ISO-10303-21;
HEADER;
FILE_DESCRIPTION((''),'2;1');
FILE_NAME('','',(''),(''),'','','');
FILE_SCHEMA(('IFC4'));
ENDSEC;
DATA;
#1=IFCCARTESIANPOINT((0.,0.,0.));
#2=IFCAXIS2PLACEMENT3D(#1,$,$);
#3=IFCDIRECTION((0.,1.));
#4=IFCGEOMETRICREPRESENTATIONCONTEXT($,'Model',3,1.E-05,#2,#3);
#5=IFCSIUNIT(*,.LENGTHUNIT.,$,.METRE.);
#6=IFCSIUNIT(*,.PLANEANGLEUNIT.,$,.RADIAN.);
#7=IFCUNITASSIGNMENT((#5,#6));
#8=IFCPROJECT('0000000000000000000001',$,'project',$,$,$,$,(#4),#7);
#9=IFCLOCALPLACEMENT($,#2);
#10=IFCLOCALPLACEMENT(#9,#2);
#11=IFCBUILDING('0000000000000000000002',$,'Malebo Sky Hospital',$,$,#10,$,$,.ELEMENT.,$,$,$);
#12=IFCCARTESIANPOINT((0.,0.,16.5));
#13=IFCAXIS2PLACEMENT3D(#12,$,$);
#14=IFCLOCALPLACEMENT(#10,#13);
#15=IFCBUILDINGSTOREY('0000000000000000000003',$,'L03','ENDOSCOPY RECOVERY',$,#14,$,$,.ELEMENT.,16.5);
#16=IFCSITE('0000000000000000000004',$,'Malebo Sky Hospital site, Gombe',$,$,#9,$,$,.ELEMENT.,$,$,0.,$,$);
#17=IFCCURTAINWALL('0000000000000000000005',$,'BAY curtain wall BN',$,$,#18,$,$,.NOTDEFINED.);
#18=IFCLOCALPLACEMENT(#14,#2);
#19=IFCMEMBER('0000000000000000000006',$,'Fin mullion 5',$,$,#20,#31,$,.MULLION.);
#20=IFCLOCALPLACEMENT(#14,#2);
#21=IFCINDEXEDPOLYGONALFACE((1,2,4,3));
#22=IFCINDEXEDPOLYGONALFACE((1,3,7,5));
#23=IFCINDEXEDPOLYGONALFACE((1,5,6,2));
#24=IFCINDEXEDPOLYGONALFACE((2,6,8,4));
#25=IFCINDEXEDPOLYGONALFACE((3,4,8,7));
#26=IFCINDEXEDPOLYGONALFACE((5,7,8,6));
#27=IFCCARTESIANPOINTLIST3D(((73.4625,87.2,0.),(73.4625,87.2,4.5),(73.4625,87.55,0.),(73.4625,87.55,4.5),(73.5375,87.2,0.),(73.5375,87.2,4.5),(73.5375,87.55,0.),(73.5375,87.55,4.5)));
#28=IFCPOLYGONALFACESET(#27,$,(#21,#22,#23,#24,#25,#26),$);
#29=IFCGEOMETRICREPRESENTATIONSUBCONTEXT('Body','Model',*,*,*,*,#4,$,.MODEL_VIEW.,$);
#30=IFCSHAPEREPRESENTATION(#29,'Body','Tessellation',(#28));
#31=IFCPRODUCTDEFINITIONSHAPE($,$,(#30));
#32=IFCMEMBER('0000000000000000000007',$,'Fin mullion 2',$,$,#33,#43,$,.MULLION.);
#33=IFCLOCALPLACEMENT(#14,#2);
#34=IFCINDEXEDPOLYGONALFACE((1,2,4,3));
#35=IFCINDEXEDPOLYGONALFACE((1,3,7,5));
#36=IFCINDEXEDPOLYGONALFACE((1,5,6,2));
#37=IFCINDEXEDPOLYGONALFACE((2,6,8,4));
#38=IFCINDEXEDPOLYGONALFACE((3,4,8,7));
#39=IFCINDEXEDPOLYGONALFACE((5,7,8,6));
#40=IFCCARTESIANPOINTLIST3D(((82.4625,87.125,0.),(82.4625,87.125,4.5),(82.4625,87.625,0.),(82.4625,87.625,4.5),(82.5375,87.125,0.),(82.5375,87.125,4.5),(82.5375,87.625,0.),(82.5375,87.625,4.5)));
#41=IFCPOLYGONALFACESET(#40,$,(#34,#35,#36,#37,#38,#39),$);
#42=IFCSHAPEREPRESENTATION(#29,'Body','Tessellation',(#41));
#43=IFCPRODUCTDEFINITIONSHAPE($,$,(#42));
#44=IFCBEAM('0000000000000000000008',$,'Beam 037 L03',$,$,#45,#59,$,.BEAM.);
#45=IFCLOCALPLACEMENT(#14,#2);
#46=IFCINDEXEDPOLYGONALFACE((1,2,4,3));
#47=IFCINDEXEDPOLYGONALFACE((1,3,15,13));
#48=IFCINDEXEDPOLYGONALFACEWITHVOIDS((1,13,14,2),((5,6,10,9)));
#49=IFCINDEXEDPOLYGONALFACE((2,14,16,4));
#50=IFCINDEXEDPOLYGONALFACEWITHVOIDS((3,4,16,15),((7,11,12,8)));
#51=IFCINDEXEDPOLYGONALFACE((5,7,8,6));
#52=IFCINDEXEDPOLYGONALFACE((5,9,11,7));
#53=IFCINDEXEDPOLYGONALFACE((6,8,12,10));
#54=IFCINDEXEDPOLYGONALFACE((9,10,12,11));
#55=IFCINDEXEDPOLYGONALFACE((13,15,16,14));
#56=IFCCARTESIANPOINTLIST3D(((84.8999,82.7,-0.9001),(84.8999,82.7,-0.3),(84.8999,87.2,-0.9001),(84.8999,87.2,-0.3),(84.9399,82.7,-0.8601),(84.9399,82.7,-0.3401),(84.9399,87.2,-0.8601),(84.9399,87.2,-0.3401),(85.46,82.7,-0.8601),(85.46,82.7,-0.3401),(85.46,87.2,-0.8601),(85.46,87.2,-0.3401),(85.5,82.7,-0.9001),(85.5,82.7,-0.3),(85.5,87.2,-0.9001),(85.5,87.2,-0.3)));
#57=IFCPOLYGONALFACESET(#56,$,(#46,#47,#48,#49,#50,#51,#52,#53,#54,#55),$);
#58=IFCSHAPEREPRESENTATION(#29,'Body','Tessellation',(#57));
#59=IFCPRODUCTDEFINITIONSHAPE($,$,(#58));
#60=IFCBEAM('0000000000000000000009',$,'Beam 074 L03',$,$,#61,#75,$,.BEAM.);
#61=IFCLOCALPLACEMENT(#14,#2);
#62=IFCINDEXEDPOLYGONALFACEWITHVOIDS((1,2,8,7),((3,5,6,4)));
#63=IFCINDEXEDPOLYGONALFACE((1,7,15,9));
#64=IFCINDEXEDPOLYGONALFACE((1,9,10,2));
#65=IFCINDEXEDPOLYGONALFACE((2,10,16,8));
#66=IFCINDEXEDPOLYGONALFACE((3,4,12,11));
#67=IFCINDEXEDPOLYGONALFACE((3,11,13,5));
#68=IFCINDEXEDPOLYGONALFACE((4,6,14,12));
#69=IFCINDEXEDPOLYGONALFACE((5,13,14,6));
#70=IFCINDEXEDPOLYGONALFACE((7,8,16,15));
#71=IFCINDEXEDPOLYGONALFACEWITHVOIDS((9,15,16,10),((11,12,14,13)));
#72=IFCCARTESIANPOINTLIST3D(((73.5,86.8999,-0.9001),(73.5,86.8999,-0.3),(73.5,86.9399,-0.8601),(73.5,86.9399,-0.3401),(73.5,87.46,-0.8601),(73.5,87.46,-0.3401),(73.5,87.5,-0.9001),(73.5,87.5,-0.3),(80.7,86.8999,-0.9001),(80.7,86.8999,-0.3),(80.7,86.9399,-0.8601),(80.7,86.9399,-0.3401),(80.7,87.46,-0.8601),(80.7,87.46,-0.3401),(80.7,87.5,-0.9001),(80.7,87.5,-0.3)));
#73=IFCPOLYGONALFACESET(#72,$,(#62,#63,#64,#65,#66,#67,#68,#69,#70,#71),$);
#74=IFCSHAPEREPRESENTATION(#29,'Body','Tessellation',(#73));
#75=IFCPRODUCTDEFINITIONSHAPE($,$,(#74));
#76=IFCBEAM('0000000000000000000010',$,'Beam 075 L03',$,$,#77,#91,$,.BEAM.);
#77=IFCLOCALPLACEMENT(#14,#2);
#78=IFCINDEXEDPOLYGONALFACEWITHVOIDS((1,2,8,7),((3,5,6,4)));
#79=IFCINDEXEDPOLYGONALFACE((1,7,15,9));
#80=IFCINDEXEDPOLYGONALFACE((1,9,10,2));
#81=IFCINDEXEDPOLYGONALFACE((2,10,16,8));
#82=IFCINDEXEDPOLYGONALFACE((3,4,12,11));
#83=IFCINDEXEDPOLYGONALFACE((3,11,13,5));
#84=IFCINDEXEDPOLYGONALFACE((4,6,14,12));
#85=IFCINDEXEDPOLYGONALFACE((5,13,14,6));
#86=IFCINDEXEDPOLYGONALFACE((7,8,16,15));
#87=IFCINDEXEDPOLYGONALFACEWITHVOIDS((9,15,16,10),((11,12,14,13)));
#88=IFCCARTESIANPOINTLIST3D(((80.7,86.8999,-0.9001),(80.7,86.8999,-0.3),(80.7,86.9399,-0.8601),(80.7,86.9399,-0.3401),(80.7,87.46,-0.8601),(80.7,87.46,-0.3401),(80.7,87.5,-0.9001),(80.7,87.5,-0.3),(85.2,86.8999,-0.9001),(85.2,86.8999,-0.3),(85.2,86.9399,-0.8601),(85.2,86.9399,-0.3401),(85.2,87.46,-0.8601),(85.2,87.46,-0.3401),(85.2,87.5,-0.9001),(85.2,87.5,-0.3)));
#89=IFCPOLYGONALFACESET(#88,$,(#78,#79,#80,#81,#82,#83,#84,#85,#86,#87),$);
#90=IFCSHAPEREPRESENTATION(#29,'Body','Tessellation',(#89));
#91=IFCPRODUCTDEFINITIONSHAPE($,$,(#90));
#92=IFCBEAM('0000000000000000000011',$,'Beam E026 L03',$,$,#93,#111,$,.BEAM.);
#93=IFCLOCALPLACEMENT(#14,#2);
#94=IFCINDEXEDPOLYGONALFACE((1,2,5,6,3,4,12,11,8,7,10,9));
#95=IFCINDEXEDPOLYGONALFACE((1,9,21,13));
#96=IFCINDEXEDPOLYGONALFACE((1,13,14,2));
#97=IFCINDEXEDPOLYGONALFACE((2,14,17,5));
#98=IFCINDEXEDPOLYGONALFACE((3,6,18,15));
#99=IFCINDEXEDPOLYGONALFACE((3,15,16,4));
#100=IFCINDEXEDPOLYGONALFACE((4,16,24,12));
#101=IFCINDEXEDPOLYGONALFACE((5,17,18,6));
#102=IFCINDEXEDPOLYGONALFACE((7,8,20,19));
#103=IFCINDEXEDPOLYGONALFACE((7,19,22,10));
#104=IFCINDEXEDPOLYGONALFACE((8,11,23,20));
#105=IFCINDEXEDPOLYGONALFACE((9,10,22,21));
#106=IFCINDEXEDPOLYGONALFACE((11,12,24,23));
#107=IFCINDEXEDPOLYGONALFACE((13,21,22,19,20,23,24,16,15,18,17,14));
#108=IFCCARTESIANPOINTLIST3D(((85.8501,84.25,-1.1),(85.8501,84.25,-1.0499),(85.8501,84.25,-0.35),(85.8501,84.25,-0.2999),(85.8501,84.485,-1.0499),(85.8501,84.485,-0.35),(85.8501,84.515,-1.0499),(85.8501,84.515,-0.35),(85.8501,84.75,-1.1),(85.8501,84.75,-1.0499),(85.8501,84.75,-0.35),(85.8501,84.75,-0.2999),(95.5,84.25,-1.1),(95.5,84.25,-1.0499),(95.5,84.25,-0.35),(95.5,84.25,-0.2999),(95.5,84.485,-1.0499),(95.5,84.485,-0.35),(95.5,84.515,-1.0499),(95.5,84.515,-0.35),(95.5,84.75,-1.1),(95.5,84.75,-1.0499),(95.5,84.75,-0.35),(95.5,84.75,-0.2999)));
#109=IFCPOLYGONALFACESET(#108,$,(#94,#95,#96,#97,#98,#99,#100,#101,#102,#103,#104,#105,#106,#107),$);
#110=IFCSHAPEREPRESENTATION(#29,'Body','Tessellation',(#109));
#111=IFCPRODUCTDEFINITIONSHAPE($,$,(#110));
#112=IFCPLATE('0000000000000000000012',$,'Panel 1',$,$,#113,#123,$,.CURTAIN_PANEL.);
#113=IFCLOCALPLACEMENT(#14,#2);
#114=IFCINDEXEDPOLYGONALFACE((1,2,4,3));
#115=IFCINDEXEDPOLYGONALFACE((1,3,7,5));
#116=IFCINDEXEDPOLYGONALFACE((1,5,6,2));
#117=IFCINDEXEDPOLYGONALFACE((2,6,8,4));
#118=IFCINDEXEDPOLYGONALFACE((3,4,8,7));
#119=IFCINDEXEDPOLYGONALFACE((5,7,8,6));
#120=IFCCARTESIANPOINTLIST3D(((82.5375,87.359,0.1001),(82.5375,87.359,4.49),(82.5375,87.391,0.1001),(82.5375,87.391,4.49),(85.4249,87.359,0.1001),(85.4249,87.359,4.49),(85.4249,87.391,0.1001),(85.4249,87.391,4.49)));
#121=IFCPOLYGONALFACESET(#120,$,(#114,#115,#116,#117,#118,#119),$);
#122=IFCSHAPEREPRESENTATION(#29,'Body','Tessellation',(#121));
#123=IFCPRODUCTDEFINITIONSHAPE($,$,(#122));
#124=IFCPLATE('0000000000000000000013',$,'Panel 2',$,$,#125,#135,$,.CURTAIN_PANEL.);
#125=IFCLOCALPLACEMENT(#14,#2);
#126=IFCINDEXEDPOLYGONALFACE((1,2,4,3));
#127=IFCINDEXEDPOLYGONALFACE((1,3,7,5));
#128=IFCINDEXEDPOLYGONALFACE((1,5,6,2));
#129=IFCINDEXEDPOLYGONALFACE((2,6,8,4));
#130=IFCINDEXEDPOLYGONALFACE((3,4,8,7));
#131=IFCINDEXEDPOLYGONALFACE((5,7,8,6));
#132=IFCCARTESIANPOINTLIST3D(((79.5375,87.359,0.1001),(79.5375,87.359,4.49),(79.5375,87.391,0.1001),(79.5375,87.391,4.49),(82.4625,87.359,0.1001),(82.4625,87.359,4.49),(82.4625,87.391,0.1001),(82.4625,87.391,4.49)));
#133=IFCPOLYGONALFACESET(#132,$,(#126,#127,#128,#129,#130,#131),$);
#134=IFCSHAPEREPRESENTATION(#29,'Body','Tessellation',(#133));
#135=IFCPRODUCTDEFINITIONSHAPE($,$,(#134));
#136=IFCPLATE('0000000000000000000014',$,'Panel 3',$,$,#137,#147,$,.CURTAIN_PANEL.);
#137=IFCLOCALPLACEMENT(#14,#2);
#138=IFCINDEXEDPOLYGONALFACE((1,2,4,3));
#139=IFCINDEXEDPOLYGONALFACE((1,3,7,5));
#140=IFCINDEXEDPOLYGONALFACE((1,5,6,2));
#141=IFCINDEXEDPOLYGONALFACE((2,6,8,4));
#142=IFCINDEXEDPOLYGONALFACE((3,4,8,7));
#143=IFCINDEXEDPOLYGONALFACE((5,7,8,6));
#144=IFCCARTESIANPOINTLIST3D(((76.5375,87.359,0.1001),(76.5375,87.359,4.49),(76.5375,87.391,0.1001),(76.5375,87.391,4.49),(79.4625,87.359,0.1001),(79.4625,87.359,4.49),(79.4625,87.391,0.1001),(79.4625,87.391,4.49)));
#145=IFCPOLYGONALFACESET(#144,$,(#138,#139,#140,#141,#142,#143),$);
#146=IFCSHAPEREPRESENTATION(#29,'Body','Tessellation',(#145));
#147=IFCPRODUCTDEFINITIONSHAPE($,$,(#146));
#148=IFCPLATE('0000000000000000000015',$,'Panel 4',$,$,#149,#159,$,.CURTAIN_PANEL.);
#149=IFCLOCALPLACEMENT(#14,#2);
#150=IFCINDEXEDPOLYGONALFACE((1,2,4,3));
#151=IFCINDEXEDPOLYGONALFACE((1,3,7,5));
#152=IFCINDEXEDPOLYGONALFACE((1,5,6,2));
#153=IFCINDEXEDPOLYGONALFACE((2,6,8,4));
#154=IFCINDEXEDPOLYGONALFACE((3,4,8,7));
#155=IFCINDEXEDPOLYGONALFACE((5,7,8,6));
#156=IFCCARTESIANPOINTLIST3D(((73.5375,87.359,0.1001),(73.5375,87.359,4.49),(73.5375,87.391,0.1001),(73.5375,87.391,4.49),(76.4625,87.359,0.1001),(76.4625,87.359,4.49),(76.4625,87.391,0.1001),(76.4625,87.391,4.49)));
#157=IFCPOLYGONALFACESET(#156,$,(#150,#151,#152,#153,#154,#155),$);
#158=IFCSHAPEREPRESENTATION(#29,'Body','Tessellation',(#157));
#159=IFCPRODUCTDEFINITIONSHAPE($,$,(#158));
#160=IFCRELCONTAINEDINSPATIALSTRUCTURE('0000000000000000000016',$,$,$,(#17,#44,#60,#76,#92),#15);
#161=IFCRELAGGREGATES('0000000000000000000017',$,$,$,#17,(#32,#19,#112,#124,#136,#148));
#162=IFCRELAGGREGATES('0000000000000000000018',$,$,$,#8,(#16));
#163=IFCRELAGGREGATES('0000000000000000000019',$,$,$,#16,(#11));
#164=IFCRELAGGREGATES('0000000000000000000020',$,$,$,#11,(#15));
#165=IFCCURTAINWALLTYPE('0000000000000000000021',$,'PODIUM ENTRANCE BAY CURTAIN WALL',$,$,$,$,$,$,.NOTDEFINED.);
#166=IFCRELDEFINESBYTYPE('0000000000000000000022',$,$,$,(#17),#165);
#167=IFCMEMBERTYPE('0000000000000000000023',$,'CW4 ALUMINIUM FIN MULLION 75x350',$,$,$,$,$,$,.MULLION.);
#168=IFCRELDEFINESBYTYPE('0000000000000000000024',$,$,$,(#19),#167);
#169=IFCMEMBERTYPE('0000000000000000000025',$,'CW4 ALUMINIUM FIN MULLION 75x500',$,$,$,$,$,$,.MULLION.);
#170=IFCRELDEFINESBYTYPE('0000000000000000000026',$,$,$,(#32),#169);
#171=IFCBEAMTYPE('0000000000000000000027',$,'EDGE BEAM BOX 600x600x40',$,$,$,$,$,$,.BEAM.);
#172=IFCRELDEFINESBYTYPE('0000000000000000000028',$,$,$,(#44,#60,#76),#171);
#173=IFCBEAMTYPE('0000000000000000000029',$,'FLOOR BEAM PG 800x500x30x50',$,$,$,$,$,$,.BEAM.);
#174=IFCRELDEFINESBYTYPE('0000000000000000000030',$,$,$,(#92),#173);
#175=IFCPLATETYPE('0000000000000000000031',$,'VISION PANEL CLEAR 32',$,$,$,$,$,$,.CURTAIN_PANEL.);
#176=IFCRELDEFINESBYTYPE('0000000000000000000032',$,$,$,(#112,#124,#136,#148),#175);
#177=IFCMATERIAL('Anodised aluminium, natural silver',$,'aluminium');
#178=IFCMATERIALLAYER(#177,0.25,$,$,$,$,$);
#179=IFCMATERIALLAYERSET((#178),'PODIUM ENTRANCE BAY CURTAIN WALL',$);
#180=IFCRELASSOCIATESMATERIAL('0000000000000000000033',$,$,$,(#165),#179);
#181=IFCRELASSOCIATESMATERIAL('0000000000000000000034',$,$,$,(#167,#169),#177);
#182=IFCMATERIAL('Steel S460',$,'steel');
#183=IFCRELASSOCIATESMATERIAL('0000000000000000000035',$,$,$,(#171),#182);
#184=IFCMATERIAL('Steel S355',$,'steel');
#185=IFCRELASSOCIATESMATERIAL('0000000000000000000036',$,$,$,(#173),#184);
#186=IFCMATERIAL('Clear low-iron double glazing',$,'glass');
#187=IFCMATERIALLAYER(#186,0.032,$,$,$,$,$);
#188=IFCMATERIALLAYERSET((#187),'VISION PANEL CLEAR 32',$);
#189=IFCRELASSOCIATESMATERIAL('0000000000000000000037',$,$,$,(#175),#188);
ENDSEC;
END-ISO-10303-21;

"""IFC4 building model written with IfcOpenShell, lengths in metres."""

from ifc_helpers import new_model, si_unit, direction, frame, origin, origin_2d, place, context, subcontext, project, spatial, rectangle, hollow_rectangle, i_section, extrude, material, layer, layer_set, material_profile, profile_set, type_object, element, aggregate, save


model = new_model("IFC4")

# Units and contexts
model_context = context("Model", 3, precision=1e-05, world=origin(), true_north=direction((0.0, 1.0)))
body_context = subcontext(model_context, "Body", "Model", "MODEL_VIEW")
ifc_project = project(units=[si_unit("LENGTHUNIT", "METRE"), si_unit("PLANEANGLEUNIT", "RADIAN")], contexts=[model_context])

# Site, building, storey
site_placement = place(None, origin())
site = spatial("IfcSite", under=ifc_project, at=site_placement, Name="Malebo Sky Hospital site, Gombe", CompositionType="ELEMENT", RefElevation=0.0)
building_placement = place(site_placement, origin())
building = spatial("IfcBuilding", under=site, at=building_placement, Name="Malebo Sky Hospital", CompositionType="ELEMENT")
storey_placement = place(building_placement, frame((0.0, 0.0, 16.5)))
storey = spatial("IfcBuildingStorey", under=building, at=storey_placement, Name="L03", Description="ENDOSCOPY RECOVERY", CompositionType="ELEMENT", Elevation=16.5)

# Shared definitions
ifc_material_1 = material(Name="Steel S460", Category="steel")

# Curtain wall
ifc_material_2 = material(Name="Anodised aluminium, natural silver", Category="aluminium")
ifc_layer_1 = layer(ifc_material_2, 0.25)
ifc_layer_set_1 = layer_set([ifc_layer_1], Name="PODIUM ENTRANCE BAY CURTAIN WALL")
curtain_wall_type_1 = type_object("IfcCurtainWallType", Name="PODIUM ENTRANCE BAY CURTAIN WALL", PredefinedType="NOTDEFINED", material=ifc_layer_set_1)
curtain_wall_1_placement = place(storey_placement, origin())
curtain_wall_1 = element("IfcCurtainWall", 1, at=curtain_wall_1_placement, inside=storey, type_object=curtain_wall_type_1, Name="BAY curtain wall BN", PredefinedType="NOTDEFINED")

# Members
ifc_material_profile_1 = material_profile(ifc_material_2, rectangle(XDim=0.075, YDim=0.3501, at=origin_2d()), Name="CW4 ALUMINIUM FIN MULLION 75x350")
ifc_profile_set_1 = profile_set([ifc_material_profile_1], Name="Anodised aluminium, natural silver")
member_type_1 = type_object("IfcMemberType", Name="CW4 ALUMINIUM FIN MULLION 75x350", PredefinedType="MULLION", material=ifc_profile_set_1)
member_1_placement = place(storey_placement, frame((73.5, 87.375, 0.0), z_axis=(0.0, 0.0, 1.0), x_axis=(-1.0, 0.0, 0.0)))
member_1 = element("IfcMember", 2, at=member_1_placement, type_object=member_type_1, Name="Fin mullion 5", PredefinedType="MULLION", context=body_context, shape_type="SweptSolid", body=[
    extrude(rectangle(XDim=0.075, YDim=0.3501, at=origin_2d()), origin(), (0.0, 0.0, 1.0), 4.5),
])
ifc_material_profile_2 = material_profile(ifc_material_2, rectangle(XDim=0.075, YDim=0.5, at=origin_2d()), Name="CW4 ALUMINIUM FIN MULLION 75x500")
ifc_profile_set_2 = profile_set([ifc_material_profile_2], Name="Anodised aluminium, natural silver")
member_type_2 = type_object("IfcMemberType", Name="CW4 ALUMINIUM FIN MULLION 75x500", PredefinedType="MULLION", material=ifc_profile_set_2)
member_2_placement = place(storey_placement, frame((82.5, 87.375, 0.0), z_axis=(0.0, 0.0, 1.0), x_axis=(-1.0, 0.0, 0.0)))
member_2 = element("IfcMember", 3, at=member_2_placement, type_object=member_type_2, Name="Fin mullion 2", PredefinedType="MULLION", context=body_context, shape_type="SweptSolid", body=[
    extrude(rectangle(XDim=0.075, YDim=0.5, at=origin_2d()), origin(), (0.0, 0.0, 1.0), 4.5),
])

# Beams
ifc_material_profile_3 = material_profile(ifc_material_1, hollow_rectangle(XDim=0.6001, YDim=0.6001, WallThickness=0.04, at=origin_2d()), Name="BOX 600x600x40")
ifc_profile_set_3 = profile_set([ifc_material_profile_3], Name="Steel S460")
beam_type_1 = type_object("IfcBeamType", Name="EDGE BEAM BOX 600x600x40", PredefinedType="BEAM", material=ifc_profile_set_3)
beam_1_placement = place(storey_placement, frame((85.2, 82.7, -0.6001), z_axis=(0.0, 1.0, 0.0), x_axis=(-1.0, 0.0, 0.0)))
element("IfcBeam", 4, at=beam_1_placement, inside=storey, type_object=beam_type_1, Name="Beam 037 L03", PredefinedType="BEAM", context=body_context, shape_type="SweptSolid", body=[
    extrude(hollow_rectangle(XDim=0.6001, YDim=0.6001, WallThickness=0.04, at=origin_2d()), origin(), (0.0, 0.0, 1.0), 4.5),
])
beam_2_placement = place(storey_placement, frame((73.5, 87.2, -0.6001), z_axis=(1.0, 0.0, 0.0), x_axis=(0.0, 1.0, 0.0)))
element("IfcBeam", 5, at=beam_2_placement, inside=storey, type_object=beam_type_1, Name="Beam 074 L03", PredefinedType="BEAM", context=body_context, shape_type="SweptSolid", body=[
    extrude(hollow_rectangle(XDim=0.6001, YDim=0.6001, WallThickness=0.04, at=origin_2d()), origin(), (0.0, 0.0, 1.0), 7.2),
])
beam_3_placement = place(storey_placement, frame((80.7, 87.2, -0.6001), z_axis=(1.0, 0.0, 0.0), x_axis=(0.0, 1.0, 0.0)))
element("IfcBeam", 6, at=beam_3_placement, inside=storey, type_object=beam_type_1, Name="Beam 075 L03", PredefinedType="BEAM", context=body_context, shape_type="SweptSolid", body=[
    extrude(hollow_rectangle(XDim=0.6001, YDim=0.6001, WallThickness=0.04, at=origin_2d()), origin(), (0.0, 0.0, 1.0), 4.5),
])
ifc_material_3 = material(Name="Steel S355", Category="steel")
ifc_material_profile_4 = material_profile(ifc_material_3, i_section(OverallWidth=0.5, OverallDepth=0.8, WebThickness=0.03, FlangeThickness=0.05, at=origin_2d()), Name="PG 800x500x30x50")
ifc_profile_set_4 = profile_set([ifc_material_profile_4], Name="Steel S355")
beam_type_2 = type_object("IfcBeamType", Name="FLOOR BEAM PG 800x500x30x50", PredefinedType="BEAM", material=ifc_profile_set_4)
beam_4_placement = place(storey_placement, frame((85.8501, 84.5, -0.7), z_axis=(1.0, 0.0, 0.0), x_axis=(0.0, 1.0, 0.0)))
element("IfcBeam", 7, at=beam_4_placement, inside=storey, type_object=beam_type_2, Name="Beam E026 L03", PredefinedType="BEAM", context=body_context, shape_type="SweptSolid", body=[
    extrude(i_section(OverallWidth=0.5, OverallDepth=0.8, WebThickness=0.03, FlangeThickness=0.05, at=origin_2d()), origin(), (0.0, 0.0, 1.0), 9.6499),
])

# Plates
ifc_material_4 = material(Name="Clear low-iron double glazing", Category="glass")
ifc_layer_2 = layer(ifc_material_4, 0.032)
ifc_layer_set_2 = layer_set([ifc_layer_2], Name="VISION PANEL CLEAR 32")
plate_type = type_object("IfcPlateType", Name="VISION PANEL CLEAR 32", PredefinedType="CURTAIN_PANEL", material=ifc_layer_set_2)
plate_1_placement = place(storey_placement, frame((83.9812, 87.375, 0.1001), z_axis=(0.0, 0.0, 1.0), x_axis=(-1.0, 0.0, 0.0)))
plate_1 = element("IfcPlate", 8, at=plate_1_placement, type_object=plate_type, Name="Panel 1", PredefinedType="CURTAIN_PANEL", context=body_context, shape_type="SweptSolid", body=[
    extrude(rectangle(XDim=2.8875, YDim=0.032, at=origin_2d()), origin(), (0.0, 0.0, 1.0), 4.3899),
])
plate_2_placement = place(storey_placement, frame((81.0, 87.375, 0.1001), z_axis=(0.0, 0.0, 1.0), x_axis=(-1.0, 0.0, 0.0)))
plate_2 = element("IfcPlate", 9, at=plate_2_placement, type_object=plate_type, Name="Panel 2", PredefinedType="CURTAIN_PANEL", context=body_context, shape_type="SweptSolid", body=[
    extrude(rectangle(XDim=2.925, YDim=0.032, at=origin_2d()), origin(), (0.0, 0.0, 1.0), 4.3899),
])
plate_3_placement = place(storey_placement, frame((78.0, 87.375, 0.1001), z_axis=(0.0, 0.0, 1.0), x_axis=(-1.0, 0.0, 0.0)))
plate_3 = element("IfcPlate", 10, at=plate_3_placement, type_object=plate_type, Name="Panel 3", PredefinedType="CURTAIN_PANEL", context=body_context, shape_type="SweptSolid", body=[
    extrude(rectangle(XDim=2.925, YDim=0.032, at=origin_2d()), origin(), (0.0, 0.0, 1.0), 4.3899),
])
plate_4_placement = place(storey_placement, frame((75.0, 87.375, 0.1001), z_axis=(0.0, 0.0, 1.0), x_axis=(-1.0, 0.0, 0.0)))
plate_4 = element("IfcPlate", 11, at=plate_4_placement, type_object=plate_type, Name="Panel 4", PredefinedType="CURTAIN_PANEL", context=body_context, shape_type="SweptSolid", body=[
    extrude(rectangle(XDim=2.925, YDim=0.032, at=origin_2d()), origin(), (0.0, 0.0, 1.0), 4.3899),
])
aggregate(curtain_wall_1, [member_2, member_1, plate_1, plate_2, plate_3, plate_4])

save(model, "model.ifc")
